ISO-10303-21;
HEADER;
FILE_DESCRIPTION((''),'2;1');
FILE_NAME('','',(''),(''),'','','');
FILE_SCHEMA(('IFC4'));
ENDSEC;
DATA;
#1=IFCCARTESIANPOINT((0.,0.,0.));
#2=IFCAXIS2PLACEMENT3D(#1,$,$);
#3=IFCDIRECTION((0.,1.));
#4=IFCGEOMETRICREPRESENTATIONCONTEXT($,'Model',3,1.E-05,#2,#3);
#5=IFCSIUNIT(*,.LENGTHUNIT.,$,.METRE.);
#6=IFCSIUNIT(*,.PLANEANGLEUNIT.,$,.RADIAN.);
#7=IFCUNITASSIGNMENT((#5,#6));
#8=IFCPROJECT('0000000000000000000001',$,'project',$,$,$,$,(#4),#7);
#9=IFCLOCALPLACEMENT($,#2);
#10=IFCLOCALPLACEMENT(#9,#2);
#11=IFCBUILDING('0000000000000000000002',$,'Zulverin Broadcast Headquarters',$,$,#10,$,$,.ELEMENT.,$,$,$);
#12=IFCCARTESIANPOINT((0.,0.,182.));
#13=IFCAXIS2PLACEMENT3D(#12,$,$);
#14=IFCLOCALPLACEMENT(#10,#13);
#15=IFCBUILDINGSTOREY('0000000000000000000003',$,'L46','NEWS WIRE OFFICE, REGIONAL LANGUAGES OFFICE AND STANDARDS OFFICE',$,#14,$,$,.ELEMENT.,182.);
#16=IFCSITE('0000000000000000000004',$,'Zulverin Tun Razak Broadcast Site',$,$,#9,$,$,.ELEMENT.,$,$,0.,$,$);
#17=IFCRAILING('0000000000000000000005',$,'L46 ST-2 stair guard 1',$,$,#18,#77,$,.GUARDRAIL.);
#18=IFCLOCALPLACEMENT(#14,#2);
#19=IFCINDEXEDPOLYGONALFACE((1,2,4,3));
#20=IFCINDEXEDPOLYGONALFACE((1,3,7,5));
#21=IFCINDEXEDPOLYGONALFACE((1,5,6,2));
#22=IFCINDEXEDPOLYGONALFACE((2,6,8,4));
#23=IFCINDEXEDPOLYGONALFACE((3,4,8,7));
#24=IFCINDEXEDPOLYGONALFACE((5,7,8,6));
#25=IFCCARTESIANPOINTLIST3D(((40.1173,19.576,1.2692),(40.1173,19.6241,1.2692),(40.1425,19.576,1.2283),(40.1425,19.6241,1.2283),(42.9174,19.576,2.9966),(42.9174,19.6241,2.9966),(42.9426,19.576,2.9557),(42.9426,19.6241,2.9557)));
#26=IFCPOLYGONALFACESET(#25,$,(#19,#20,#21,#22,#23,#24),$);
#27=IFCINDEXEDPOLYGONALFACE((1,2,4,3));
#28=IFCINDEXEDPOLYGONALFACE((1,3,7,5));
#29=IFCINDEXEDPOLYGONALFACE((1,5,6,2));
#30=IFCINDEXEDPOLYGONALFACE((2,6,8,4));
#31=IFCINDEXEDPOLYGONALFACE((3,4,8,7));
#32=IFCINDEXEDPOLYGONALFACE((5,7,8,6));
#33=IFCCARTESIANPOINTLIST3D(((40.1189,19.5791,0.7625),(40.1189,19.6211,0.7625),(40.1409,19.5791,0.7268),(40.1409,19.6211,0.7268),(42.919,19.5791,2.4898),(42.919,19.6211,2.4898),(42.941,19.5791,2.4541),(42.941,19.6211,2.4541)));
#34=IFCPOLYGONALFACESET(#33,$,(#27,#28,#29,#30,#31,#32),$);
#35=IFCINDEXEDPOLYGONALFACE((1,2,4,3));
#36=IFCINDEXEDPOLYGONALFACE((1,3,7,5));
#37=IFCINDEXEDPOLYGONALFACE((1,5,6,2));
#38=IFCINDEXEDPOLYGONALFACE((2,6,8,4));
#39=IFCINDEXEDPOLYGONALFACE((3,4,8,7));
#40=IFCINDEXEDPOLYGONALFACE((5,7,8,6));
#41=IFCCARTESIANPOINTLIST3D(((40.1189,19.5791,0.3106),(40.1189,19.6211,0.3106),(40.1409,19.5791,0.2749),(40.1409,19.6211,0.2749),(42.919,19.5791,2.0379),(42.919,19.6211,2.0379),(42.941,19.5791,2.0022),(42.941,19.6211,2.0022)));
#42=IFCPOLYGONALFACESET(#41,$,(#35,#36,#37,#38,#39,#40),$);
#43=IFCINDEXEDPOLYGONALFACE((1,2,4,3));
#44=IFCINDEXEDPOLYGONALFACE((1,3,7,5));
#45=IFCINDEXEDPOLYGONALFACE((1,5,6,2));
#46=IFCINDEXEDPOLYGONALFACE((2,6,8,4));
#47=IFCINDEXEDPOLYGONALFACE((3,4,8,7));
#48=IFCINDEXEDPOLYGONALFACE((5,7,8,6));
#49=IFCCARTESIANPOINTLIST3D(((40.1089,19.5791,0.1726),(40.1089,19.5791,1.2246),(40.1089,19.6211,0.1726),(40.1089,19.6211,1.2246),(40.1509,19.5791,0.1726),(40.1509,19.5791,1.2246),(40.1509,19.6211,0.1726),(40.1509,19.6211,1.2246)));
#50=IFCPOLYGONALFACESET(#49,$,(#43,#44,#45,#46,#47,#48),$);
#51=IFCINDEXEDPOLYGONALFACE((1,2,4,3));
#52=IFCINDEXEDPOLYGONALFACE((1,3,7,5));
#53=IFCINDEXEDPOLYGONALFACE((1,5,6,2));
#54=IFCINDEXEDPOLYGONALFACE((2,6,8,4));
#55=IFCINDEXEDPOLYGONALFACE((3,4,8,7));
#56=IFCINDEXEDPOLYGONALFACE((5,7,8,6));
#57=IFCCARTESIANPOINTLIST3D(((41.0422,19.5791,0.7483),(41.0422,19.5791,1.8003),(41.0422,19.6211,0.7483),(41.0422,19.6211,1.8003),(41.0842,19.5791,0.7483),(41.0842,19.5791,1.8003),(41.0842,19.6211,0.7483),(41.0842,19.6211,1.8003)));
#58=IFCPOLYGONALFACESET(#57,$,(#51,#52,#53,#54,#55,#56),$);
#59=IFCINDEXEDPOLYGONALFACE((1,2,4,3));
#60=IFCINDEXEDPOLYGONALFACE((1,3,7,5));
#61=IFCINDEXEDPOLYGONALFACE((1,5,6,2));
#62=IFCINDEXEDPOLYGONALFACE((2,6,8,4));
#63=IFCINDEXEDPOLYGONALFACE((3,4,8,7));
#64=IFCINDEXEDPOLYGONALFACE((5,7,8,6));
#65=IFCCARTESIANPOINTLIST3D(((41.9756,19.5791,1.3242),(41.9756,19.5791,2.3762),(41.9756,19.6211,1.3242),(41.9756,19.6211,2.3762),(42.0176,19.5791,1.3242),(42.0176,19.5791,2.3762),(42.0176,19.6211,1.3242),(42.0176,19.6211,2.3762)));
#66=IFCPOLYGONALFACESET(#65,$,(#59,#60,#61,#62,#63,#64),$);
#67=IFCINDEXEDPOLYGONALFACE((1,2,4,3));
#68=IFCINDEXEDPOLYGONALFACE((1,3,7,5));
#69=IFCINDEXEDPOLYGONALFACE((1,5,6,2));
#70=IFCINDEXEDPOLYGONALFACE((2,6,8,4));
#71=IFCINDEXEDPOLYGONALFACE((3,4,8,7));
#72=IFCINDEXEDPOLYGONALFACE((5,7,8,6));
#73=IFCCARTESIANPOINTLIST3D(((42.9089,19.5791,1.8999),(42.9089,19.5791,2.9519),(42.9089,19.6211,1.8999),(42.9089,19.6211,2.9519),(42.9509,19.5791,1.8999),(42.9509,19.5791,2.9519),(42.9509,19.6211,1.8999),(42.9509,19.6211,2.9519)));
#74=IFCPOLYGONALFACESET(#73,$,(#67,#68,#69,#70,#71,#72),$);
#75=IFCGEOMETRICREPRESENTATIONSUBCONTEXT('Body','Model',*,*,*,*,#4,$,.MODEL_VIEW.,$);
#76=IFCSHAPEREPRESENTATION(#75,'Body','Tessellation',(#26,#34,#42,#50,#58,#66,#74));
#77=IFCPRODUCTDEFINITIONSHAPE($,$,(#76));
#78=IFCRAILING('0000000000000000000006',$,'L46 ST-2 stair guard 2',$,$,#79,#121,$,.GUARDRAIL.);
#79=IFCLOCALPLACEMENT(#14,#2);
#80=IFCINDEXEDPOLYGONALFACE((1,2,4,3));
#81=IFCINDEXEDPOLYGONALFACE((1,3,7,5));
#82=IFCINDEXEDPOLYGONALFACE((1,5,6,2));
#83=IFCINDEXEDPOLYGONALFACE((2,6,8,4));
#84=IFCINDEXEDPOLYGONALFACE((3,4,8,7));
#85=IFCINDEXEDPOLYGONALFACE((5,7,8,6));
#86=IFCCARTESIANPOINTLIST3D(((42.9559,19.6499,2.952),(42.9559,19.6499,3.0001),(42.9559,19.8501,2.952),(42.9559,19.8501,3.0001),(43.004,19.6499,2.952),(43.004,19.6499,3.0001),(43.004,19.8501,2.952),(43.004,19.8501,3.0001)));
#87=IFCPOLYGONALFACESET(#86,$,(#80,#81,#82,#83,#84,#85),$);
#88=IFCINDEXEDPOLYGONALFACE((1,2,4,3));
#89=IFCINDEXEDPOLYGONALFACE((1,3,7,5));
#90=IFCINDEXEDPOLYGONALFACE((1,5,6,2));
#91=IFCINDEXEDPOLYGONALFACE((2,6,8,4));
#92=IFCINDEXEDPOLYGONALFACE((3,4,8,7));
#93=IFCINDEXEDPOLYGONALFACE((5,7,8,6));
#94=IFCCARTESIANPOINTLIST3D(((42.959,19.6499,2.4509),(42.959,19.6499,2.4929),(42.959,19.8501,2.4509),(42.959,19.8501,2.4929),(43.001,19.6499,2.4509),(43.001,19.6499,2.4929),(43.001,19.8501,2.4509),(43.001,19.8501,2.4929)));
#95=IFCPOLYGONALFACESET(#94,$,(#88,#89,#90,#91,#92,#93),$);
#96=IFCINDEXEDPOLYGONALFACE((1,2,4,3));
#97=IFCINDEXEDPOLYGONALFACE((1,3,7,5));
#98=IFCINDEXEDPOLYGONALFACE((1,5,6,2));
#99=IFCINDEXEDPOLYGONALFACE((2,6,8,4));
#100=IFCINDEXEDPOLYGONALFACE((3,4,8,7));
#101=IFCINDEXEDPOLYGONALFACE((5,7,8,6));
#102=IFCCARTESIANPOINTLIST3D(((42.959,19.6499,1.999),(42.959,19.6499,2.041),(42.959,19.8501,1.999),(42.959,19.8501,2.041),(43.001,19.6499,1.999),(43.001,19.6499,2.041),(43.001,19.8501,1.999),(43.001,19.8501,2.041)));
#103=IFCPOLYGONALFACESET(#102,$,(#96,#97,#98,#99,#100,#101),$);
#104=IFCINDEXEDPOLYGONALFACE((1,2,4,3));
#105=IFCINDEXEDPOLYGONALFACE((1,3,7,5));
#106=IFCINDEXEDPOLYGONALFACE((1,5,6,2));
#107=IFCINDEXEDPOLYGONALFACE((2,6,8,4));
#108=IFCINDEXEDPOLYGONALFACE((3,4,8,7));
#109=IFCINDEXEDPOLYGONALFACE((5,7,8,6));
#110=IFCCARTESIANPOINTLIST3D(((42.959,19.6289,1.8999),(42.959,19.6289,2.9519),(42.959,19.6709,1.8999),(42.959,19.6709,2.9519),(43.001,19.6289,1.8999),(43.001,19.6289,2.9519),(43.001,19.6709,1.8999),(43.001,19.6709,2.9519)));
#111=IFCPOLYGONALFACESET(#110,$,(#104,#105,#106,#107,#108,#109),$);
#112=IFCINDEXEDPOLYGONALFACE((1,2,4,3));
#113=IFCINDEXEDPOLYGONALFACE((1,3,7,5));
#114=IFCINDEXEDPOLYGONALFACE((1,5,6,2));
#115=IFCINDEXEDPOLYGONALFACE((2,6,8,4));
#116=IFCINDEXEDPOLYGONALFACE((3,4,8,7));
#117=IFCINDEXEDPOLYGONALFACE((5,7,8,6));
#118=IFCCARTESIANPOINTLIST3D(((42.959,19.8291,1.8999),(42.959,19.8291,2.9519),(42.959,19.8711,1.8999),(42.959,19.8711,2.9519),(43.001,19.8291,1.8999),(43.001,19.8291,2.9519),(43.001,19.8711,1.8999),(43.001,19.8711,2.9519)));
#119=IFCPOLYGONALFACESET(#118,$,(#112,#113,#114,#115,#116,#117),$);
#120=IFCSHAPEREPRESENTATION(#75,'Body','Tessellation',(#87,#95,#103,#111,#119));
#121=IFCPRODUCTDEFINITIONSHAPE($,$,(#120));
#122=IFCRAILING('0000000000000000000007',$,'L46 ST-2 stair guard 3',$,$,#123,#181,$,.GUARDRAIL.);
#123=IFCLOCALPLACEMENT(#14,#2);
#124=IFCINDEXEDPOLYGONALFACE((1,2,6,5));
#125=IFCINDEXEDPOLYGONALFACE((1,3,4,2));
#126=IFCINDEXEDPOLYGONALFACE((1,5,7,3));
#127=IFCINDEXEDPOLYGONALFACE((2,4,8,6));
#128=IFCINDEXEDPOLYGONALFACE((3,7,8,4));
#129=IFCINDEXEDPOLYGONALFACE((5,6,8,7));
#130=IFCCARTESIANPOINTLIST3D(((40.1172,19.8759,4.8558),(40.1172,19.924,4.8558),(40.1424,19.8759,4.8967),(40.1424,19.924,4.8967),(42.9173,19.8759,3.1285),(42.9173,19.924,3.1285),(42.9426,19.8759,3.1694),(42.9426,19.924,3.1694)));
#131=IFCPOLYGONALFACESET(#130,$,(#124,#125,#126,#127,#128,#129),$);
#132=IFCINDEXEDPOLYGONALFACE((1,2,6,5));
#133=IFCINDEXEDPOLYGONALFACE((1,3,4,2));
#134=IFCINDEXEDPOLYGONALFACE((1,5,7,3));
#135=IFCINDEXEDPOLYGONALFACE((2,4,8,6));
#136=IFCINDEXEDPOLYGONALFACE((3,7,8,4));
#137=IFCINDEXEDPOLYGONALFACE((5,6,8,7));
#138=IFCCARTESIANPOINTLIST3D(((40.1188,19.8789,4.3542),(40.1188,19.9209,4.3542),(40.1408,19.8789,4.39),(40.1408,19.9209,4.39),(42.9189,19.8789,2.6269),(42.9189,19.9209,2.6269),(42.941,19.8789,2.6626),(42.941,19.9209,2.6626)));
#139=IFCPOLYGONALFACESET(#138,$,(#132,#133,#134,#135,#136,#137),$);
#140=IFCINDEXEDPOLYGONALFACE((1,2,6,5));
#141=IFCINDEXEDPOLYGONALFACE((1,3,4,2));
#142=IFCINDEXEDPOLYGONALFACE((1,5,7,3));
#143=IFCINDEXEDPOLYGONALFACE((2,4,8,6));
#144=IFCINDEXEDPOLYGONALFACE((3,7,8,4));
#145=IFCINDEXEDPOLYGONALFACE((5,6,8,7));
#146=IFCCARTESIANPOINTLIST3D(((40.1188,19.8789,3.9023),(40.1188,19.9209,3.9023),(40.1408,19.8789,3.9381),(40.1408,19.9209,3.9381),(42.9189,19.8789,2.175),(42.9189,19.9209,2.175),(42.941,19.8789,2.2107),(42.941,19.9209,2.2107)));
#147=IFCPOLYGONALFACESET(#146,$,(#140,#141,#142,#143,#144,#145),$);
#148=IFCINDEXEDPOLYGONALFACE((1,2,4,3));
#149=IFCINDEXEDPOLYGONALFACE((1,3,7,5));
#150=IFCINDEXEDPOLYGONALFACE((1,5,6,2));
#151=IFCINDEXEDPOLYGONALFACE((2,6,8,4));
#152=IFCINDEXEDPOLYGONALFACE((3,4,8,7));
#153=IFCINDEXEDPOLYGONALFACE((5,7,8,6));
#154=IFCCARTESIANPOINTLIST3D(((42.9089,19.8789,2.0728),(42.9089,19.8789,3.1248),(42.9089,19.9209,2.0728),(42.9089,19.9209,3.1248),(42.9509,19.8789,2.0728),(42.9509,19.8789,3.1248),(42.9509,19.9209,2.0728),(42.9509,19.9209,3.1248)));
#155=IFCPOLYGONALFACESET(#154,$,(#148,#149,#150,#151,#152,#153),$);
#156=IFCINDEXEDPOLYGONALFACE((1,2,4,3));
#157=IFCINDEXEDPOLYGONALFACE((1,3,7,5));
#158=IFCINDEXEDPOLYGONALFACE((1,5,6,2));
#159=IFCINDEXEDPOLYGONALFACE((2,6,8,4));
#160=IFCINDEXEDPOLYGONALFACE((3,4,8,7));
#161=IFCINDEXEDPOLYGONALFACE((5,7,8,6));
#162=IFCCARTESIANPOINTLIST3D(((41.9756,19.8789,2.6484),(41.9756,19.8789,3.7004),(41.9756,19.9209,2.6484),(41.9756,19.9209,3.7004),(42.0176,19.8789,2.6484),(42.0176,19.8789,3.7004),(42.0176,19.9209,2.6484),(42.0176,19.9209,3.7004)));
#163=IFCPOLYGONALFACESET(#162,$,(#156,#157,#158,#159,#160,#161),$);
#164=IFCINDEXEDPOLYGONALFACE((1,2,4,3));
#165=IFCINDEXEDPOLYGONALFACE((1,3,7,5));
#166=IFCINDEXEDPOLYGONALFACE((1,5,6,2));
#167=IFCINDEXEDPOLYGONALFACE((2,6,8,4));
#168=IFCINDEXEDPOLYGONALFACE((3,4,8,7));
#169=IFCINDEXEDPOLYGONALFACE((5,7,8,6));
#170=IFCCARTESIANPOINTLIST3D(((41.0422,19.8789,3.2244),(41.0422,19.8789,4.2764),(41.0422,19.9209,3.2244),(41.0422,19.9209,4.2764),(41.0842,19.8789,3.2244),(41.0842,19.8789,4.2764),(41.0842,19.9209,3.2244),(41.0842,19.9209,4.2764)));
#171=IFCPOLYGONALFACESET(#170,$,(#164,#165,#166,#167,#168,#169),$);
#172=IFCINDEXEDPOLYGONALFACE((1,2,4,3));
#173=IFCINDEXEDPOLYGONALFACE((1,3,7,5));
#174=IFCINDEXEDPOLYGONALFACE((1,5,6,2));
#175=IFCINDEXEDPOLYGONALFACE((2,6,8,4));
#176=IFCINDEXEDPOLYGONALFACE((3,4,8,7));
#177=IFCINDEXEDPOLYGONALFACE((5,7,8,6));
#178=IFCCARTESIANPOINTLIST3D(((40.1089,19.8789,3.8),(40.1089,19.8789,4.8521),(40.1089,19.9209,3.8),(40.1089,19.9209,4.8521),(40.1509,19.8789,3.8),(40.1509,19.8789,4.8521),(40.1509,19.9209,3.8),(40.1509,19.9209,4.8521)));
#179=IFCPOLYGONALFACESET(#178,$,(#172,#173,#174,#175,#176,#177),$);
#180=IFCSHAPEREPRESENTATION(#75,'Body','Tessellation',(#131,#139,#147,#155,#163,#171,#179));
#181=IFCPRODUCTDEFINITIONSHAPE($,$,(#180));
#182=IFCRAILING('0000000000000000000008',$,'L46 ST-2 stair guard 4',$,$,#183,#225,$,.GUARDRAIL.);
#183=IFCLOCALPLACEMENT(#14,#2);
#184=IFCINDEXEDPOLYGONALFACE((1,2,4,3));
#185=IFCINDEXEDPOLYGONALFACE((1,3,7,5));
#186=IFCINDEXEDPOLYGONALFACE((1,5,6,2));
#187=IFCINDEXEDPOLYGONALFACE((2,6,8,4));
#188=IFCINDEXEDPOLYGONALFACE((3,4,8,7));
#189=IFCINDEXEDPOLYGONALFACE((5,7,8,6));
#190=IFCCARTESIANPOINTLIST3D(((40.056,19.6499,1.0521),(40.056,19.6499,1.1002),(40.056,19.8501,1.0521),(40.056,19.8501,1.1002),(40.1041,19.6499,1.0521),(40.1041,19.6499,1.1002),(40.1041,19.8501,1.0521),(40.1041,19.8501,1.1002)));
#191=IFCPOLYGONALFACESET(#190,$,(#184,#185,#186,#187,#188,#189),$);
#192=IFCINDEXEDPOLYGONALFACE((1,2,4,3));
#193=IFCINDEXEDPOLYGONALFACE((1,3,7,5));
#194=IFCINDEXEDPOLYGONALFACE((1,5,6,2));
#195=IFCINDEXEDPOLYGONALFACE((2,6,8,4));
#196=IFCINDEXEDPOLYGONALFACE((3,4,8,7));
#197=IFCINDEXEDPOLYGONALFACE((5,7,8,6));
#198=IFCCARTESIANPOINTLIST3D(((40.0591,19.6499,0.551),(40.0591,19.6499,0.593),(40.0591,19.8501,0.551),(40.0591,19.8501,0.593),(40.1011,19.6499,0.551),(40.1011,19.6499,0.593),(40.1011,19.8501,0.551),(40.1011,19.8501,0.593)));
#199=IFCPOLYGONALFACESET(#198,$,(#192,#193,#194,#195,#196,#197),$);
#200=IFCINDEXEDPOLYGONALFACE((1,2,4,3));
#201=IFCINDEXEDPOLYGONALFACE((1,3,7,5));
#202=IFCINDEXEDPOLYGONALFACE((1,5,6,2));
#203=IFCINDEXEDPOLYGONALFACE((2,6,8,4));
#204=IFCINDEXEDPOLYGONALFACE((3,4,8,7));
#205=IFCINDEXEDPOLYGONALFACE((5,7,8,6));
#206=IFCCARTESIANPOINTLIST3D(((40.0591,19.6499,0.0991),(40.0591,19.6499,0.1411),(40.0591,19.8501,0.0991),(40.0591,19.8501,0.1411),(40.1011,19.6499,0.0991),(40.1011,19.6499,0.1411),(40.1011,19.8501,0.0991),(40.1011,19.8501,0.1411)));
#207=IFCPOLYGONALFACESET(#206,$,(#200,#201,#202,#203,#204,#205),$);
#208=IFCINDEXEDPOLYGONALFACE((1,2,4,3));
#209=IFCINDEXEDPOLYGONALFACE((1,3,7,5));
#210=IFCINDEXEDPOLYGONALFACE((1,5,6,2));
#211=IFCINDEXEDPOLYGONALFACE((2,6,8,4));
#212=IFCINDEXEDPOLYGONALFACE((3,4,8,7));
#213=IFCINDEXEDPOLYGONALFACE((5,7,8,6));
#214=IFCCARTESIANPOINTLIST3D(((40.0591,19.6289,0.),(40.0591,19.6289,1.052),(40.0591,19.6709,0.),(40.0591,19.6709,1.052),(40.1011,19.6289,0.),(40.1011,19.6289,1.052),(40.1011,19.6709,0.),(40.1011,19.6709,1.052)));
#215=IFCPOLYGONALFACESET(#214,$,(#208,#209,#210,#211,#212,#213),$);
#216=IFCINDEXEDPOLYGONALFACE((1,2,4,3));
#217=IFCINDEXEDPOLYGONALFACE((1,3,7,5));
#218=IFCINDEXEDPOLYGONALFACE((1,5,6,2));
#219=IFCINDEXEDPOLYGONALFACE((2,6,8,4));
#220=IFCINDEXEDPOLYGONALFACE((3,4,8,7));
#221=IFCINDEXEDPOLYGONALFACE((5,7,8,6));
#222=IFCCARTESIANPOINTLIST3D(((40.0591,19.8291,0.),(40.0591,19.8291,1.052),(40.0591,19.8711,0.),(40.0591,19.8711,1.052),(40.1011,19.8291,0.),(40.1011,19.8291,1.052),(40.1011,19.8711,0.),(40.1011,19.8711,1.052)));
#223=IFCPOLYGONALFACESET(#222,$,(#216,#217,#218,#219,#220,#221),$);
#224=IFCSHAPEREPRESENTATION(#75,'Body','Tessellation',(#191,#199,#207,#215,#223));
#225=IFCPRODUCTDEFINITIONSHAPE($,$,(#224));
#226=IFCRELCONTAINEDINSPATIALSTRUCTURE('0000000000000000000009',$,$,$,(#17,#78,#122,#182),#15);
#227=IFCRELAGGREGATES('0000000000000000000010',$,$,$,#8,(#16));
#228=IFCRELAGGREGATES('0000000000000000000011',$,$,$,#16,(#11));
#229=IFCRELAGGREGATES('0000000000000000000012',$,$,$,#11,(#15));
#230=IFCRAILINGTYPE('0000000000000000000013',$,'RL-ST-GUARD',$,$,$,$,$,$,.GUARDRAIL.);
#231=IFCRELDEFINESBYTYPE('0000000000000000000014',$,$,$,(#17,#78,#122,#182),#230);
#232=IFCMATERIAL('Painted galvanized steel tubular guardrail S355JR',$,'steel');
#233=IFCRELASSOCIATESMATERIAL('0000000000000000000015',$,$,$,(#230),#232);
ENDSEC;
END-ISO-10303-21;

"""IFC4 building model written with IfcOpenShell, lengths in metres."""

from ifc_helpers import new_model, si_unit, direction, frame, origin, origin_2d, place, context, subcontext, project, spatial, rectangle, extrude, material, type_object, element, save


model = new_model("IFC4")

# Units and contexts
model_context = context("Model", 3, precision=1e-05, world=origin(), true_north=direction((0.0, 1.0)))
body_context = subcontext(model_context, "Body", "Model", "MODEL_VIEW")
ifc_project = project(units=[si_unit("LENGTHUNIT", "METRE"), si_unit("PLANEANGLEUNIT", "RADIAN")], contexts=[model_context])

# Site, building, storey
site_placement = place(None, origin())
site = spatial("IfcSite", under=ifc_project, at=site_placement, Name="Zulverin Tun Razak Broadcast Site", CompositionType="ELEMENT", RefElevation=0.0)
building_placement = place(site_placement, origin())
building = spatial("IfcBuilding", under=site, at=building_placement, Name="Zulverin Broadcast Headquarters", CompositionType="ELEMENT")
storey_placement = place(building_placement, frame((0.0, 0.0, 182.0)))
storey = spatial("IfcBuildingStorey", under=building, at=storey_placement, Name="L46", Description="NEWS WIRE OFFICE, REGIONAL LANGUAGES OFFICE AND STANDARDS OFFICE", CompositionType="ELEMENT", Elevation=182.0)

# Railings
ifc_material_1 = material(Name="Painted galvanized steel tubular guardrail S355JR", Category="steel")
railing_type_1 = type_object("IfcRailingType", Name="RL-ST-GUARD", PredefinedType="GUARDRAIL", material=ifc_material_1)
railing_1_placement = place(storey_placement, frame((40.1299, 19.6001, 0.1726)))
element("IfcRailing", 1, at=railing_1_placement, inside=storey, type_object=railing_type_1, Name="L46 ST-2 stair guard 1", PredefinedType="GUARDRAIL", context=body_context, shape_type="SweptSolid", body=[
    extrude(rectangle(XDim=0.0481, YDim=0.0481, at=origin_2d()), frame((0.0, 0.0, 1.0762), z_axis=(0.85109, 0.0, 0.52502), x_axis=(0.0, 1.0, 0.0)), (0.0, 0.0, 1.0), 3.29),
    extrude(rectangle(XDim=0.042, YDim=0.042, at=origin_2d()), frame((0.0, 0.0, 0.572), z_axis=(0.85109, 0.0, 0.52502), x_axis=(0.0, 1.0, 0.0)), (0.0, 0.0, 1.0), 3.29),
    extrude(rectangle(XDim=0.042, YDim=0.042, at=origin_2d()), frame((0.0, 0.0, 0.1201), z_axis=(0.85109, 0.0, 0.52502), x_axis=(0.0, 1.0, 0.0)), (0.0, 0.0, 1.0), 3.29),
    extrude(rectangle(XDim=0.042, YDim=0.042, at=origin_2d()), origin(), (0.0, 0.0, 1.0), 1.052),
    extrude(rectangle(XDim=0.042, YDim=0.042, at=origin_2d()), frame((0.9333, 0.0, 0.5757)), (0.0, 0.0, 1.0), 1.052),
    extrude(rectangle(XDim=0.042, YDim=0.042, at=origin_2d()), frame((1.8667, 0.0, 1.1516)), (0.0, 0.0, 1.0), 1.052),
    extrude(rectangle(XDim=0.042, YDim=0.042, at=origin_2d()), frame((2.8, 0.0, 1.7273)), (0.0, 0.0, 1.0), 1.052),
])
railing_2_placement = place(storey_placement, frame((42.98, 19.6499, 1.8999)))
element("IfcRailing", 2, at=railing_2_placement, inside=storey, type_object=railing_type_1, Name="L46 ST-2 stair guard 2", PredefinedType="GUARDRAIL", context=body_context, shape_type="SweptSolid", body=[
    extrude(rectangle(XDim=0.0481, YDim=0.0481, at=origin_2d()), frame((0.0, 0.0, 1.0762), z_axis=(0.0, 1.0, 0.0), x_axis=(-1.0, 0.0, 0.0)), (0.0, 0.0, 1.0), 0.2002),
    extrude(rectangle(XDim=0.042, YDim=0.042, at=origin_2d()), frame((0.0, 0.0, 0.572), z_axis=(0.0, 1.0, 0.0), x_axis=(-1.0, 0.0, 0.0)), (0.0, 0.0, 1.0), 0.2002),
    extrude(rectangle(XDim=0.042, YDim=0.042, at=origin_2d()), frame((0.0, 0.0, 0.1201), z_axis=(0.0, 1.0, 0.0), x_axis=(-1.0, 0.0, 0.0)), (0.0, 0.0, 1.0), 0.2002),
    extrude(rectangle(XDim=0.042, YDim=0.042, at=origin_2d()), origin(), (0.0, 0.0, 1.0), 1.052),
    extrude(rectangle(XDim=0.042, YDim=0.042, at=origin_2d()), frame((0.0, 0.2002, 0.0)), (0.0, 0.0, 1.0), 1.052),
])
railing_3_placement = place(storey_placement, frame((42.9299, 19.8999, 2.0728)))
element("IfcRailing", 3, at=railing_3_placement, inside=storey, type_object=railing_type_1, Name="L46 ST-2 stair guard 3", PredefinedType="GUARDRAIL", context=body_context, shape_type="SweptSolid", body=[
    extrude(rectangle(XDim=0.0481, YDim=0.0481, at=origin_2d()), frame((0.0, 0.0, 1.0762), z_axis=(-0.85109, 0.0, 0.52502), x_axis=(0.0, -1.0, 0.0)), (0.0, 0.0, 1.0), 3.29),
    extrude(rectangle(XDim=0.042, YDim=0.042, at=origin_2d()), frame((0.0, 0.0, 0.572), z_axis=(-0.85109, 0.0, 0.52502), x_axis=(0.0, -1.0, 0.0)), (0.0, 0.0, 1.0), 3.29),
    extrude(rectangle(XDim=0.042, YDim=0.042, at=origin_2d()), frame((0.0, 0.0, 0.1201), z_axis=(-0.85109, 0.0, 0.52502), x_axis=(0.0, -1.0, 0.0)), (0.0, 0.0, 1.0), 3.29),
    extrude(rectangle(XDim=0.042, YDim=0.042, at=origin_2d()), origin(), (0.0, 0.0, 1.0), 1.052),
    extrude(rectangle(XDim=0.042, YDim=0.042, at=origin_2d()), frame((-0.9333, 0.0, 0.5757)), (0.0, 0.0, 1.0), 1.052),
    extrude(rectangle(XDim=0.042, YDim=0.042, at=origin_2d()), frame((-1.8667, 0.0, 1.1516)), (0.0, 0.0, 1.0), 1.052),
    extrude(rectangle(XDim=0.042, YDim=0.042, at=origin_2d()), frame((-2.8, 0.0, 1.7273)), (0.0, 0.0, 1.0), 1.052),
])
railing_4_placement = place(storey_placement, frame((40.0801, 19.6499, 0.0)))
element("IfcRailing", 4, at=railing_4_placement, inside=storey, type_object=railing_type_1, Name="L46 ST-2 stair guard 4", PredefinedType="GUARDRAIL", context=body_context, shape_type="SweptSolid", body=[
    extrude(rectangle(XDim=0.0481, YDim=0.0481, at=origin_2d()), frame((0.0, 0.0, 1.0762), z_axis=(0.0, 1.0, 0.0), x_axis=(-1.0, 0.0, 0.0)), (0.0, 0.0, 1.0), 0.2002),
    extrude(rectangle(XDim=0.042, YDim=0.042, at=origin_2d()), frame((0.0, 0.0, 0.572), z_axis=(0.0, 1.0, 0.0), x_axis=(-1.0, 0.0, 0.0)), (0.0, 0.0, 1.0), 0.2002),
    extrude(rectangle(XDim=0.042, YDim=0.042, at=origin_2d()), frame((0.0, 0.0, 0.1201), z_axis=(0.0, 1.0, 0.0), x_axis=(-1.0, 0.0, 0.0)), (0.0, 0.0, 1.0), 0.2002),
    extrude(rectangle(XDim=0.042, YDim=0.042, at=origin_2d()), origin(), (0.0, 0.0, 1.0), 1.052),
    extrude(rectangle(XDim=0.042, YDim=0.042, at=origin_2d()), frame((0.0, 0.2002, 0.0)), (0.0, 0.0, 1.0), 1.052),
])

save(model, "model.ifc")
